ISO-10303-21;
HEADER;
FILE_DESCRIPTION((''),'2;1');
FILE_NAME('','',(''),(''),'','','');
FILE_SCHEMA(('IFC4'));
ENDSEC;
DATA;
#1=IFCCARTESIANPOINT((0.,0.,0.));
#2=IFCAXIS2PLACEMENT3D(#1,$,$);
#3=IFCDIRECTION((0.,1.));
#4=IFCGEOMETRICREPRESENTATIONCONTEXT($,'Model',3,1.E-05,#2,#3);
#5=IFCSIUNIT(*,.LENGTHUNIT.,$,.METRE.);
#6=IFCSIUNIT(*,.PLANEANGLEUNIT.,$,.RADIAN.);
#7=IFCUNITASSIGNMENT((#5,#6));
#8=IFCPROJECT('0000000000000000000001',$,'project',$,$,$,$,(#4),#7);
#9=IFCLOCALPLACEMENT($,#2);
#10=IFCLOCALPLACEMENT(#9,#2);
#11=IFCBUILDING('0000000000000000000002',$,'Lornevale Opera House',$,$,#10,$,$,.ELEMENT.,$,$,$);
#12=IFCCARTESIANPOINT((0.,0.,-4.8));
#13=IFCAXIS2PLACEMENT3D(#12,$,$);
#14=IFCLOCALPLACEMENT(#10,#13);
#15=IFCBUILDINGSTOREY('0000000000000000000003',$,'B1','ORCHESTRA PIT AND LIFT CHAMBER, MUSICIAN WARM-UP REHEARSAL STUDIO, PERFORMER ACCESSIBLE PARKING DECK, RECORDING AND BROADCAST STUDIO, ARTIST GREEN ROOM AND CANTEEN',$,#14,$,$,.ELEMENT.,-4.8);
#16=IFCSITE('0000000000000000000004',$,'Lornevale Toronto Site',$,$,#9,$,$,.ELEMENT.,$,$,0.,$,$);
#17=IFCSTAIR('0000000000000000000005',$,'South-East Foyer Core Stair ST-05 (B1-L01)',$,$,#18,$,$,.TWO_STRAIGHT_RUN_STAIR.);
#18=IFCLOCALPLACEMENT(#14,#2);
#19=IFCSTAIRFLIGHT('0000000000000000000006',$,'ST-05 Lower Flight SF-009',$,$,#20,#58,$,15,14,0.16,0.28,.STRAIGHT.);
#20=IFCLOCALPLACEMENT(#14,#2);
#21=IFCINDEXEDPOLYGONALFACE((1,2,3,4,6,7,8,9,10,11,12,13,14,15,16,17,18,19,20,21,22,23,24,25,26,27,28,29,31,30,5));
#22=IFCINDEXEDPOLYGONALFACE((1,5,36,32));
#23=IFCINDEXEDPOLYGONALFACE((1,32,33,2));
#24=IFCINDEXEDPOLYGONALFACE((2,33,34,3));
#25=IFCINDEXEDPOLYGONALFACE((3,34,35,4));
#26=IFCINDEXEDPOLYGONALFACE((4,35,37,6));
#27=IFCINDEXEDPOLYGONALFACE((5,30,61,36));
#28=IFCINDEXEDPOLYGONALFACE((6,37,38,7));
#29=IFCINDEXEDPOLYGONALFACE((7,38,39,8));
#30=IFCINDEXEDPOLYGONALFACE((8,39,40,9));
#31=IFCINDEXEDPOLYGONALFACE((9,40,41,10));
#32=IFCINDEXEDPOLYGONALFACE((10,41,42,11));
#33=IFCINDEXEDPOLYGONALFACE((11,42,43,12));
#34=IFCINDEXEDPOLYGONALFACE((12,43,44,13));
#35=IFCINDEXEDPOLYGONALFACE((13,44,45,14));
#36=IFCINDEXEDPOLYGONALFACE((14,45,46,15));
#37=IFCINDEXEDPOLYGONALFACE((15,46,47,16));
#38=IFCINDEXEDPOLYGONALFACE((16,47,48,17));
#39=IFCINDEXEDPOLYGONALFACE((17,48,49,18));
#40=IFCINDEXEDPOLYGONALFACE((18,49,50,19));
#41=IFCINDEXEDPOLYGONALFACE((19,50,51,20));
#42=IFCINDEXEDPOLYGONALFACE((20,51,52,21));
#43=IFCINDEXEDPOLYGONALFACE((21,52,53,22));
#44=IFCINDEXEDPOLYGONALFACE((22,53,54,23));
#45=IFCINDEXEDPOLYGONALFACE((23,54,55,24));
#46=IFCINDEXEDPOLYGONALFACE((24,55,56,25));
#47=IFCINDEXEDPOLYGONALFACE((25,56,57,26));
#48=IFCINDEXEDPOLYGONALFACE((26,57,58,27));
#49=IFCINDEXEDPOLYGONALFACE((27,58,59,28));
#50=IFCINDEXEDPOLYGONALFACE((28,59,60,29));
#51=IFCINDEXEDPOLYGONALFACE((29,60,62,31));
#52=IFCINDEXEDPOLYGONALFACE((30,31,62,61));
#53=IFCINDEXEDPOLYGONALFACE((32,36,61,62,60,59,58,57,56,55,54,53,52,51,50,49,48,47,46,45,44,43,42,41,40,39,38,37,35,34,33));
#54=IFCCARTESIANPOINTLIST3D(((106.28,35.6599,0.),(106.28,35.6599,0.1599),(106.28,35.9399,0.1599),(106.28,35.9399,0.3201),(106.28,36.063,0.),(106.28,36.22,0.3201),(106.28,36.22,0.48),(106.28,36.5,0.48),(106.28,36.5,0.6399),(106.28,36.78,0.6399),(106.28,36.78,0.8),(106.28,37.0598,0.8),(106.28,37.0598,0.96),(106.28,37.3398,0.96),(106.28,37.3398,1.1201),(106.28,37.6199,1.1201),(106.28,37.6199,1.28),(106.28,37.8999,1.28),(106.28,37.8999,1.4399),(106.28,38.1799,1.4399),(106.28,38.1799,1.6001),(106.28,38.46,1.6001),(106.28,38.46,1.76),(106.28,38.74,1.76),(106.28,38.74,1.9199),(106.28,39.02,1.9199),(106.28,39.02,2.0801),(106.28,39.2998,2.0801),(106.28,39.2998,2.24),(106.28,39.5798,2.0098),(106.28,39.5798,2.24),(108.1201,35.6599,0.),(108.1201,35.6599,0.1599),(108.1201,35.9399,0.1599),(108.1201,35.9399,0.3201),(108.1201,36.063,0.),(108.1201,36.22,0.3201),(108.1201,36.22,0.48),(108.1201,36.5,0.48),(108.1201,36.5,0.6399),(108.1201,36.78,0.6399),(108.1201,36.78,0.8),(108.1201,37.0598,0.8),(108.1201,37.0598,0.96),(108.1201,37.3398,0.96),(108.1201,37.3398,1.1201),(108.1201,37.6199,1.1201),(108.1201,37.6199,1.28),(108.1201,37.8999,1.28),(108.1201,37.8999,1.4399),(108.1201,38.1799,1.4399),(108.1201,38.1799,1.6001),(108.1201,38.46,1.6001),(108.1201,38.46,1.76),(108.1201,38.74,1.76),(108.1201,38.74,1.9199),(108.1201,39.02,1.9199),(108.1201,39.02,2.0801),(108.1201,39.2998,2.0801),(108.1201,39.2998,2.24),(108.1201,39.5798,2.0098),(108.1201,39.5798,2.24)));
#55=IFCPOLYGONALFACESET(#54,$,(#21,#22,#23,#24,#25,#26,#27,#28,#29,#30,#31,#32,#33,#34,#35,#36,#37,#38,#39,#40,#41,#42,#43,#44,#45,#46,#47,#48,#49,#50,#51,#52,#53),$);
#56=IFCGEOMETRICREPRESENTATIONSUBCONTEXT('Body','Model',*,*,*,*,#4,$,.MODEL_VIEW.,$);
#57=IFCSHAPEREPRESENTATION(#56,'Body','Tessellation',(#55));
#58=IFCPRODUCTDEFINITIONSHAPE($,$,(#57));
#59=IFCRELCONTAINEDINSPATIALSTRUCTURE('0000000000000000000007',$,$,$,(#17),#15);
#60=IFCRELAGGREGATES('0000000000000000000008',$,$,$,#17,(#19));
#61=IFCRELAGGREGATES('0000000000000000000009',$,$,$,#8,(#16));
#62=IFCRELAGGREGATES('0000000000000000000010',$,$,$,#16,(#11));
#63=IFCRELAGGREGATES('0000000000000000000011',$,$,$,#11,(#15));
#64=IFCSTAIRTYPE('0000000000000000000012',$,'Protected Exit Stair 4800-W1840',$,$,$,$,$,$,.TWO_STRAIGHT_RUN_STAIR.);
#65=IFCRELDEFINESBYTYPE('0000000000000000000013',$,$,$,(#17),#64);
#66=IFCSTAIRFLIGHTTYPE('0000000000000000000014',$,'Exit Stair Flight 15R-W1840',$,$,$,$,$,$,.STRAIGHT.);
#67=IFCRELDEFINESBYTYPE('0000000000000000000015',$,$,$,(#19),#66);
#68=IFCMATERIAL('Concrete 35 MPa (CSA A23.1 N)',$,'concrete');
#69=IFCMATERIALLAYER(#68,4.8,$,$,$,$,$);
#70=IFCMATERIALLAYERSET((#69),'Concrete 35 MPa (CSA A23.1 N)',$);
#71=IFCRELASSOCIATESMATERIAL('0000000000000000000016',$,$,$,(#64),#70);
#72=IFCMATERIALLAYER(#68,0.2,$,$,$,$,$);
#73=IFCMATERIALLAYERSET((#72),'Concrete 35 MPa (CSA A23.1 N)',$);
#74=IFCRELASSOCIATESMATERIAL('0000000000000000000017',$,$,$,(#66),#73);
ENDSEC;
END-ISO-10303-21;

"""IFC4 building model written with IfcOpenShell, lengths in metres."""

from ifc_helpers import new_model, si_unit, direction, frame, origin, place, context, subcontext, project, spatial, polyline, outline, extrude, material, layer, layer_set, type_object, element, aggregate, save


model = new_model("IFC4")

# Units and contexts
model_context = context("Model", 3, precision=1e-05, world=origin(), true_north=direction((0.0, 1.0)))
body_context = subcontext(model_context, "Body", "Model", "MODEL_VIEW")
ifc_project = project(units=[si_unit("LENGTHUNIT", "METRE"), si_unit("PLANEANGLEUNIT", "RADIAN")], contexts=[model_context])

# Site, building, storey
site_placement = place(None, origin())
site = spatial("IfcSite", under=ifc_project, at=site_placement, Name="Lornevale Toronto Site", CompositionType="ELEMENT", RefElevation=0.0)
building_placement = place(site_placement, origin())
building = spatial("IfcBuilding", under=site, at=building_placement, Name="Lornevale Opera House", CompositionType="ELEMENT")
storey_placement = place(building_placement, frame((0.0, 0.0, -4.8)))
storey = spatial("IfcBuildingStorey", under=building, at=storey_placement, Name="B1", Description="ORCHESTRA PIT AND LIFT CHAMBER, MUSICIAN WARM-UP REHEARSAL STUDIO, PERFORMER ACCESSIBLE PARKING DECK, RECORDING AND BROADCAST STUDIO, ARTIST GREEN ROOM AND CANTEEN", CompositionType="ELEMENT", Elevation=-4.8)

# Shared definitions
ifc_material_1 = material(Name="Concrete 35 MPa (CSA A23.1 N)", Category="concrete")

# Stair, stair flight
ifc_layer_1 = layer(ifc_material_1, 4.8)
ifc_layer_set_1 = layer_set([ifc_layer_1], Name="Concrete 35 MPa (CSA A23.1 N)")
stair_type = type_object("IfcStairType", Name="Protected Exit Stair 4800-W1840", PredefinedType="TWO_STRAIGHT_RUN_STAIR", material=ifc_layer_set_1)
stair_placement = place(storey_placement, origin())
stair = element("IfcStair", 1, at=stair_placement, inside=storey, type_object=stair_type, Name="South-East Foyer Core Stair ST-05 (B1-L01)", PredefinedType="TWO_STRAIGHT_RUN_STAIR")
ifc_layer_2 = layer(ifc_material_1, 0.2)
ifc_layer_set_2 = layer_set([ifc_layer_2], Name="Concrete 35 MPa (CSA A23.1 N)")
stair_flight_type = type_object("IfcStairFlightType", Name="Exit Stair Flight 15R-W1840", PredefinedType="STRAIGHT", material=ifc_layer_set_2)
stair_flight_placement = place(storey_placement, frame((107.2, 35.6599, 0.0), z_axis=(0.0, 0.0, 1.0), x_axis=(0.0, 1.0, 0.0)))
stair_flight = element("IfcStairFlight", 2, at=stair_flight_placement, type_object=stair_flight_type, Name="ST-05 Lower Flight SF-009", NumberOfRisers=15, NumberOfTreads=14, PredefinedType="STRAIGHT", RiserHeight=0.16, TreadLength=0.28, context=body_context, shape_type="SweptSolid", body=[
    extrude(outline(polyline([(0.0, 0.0), (0.0, 0.1599), (0.28, 0.1599), (0.28, 0.3201), (0.5601, 0.3201), (0.5601, 0.48), (0.8401, 0.48), (0.8401, 0.6399), (1.1201, 0.6399), (1.1201, 0.8), (1.3999, 0.8), (1.3999, 0.96), (1.6799, 0.96), (1.6799, 1.1201), (1.96, 1.1201), (1.96, 1.28), (2.24, 1.28), (2.24, 1.4399), (2.52, 1.4399), (2.52, 1.6001), (2.8, 1.6001), (2.8, 1.76), (3.0801, 1.76), (3.0801, 1.9199), (3.3601, 1.9199), (3.3601, 2.0801), (3.6399, 2.0801), (3.6399, 2.24), (3.9199, 2.24), (3.9199, 2.0098), (0.4031, 0.0), (0.0, 0.0)])), frame((0.0, 0.9199, 0.0), z_axis=(0.0, -1.0, 0.0), x_axis=(1.0, 0.0, 0.0)), (0.0, 0.0, 1.0), 1.8401),
])
aggregate(stair, [stair_flight])

save(model, "model.ifc")
